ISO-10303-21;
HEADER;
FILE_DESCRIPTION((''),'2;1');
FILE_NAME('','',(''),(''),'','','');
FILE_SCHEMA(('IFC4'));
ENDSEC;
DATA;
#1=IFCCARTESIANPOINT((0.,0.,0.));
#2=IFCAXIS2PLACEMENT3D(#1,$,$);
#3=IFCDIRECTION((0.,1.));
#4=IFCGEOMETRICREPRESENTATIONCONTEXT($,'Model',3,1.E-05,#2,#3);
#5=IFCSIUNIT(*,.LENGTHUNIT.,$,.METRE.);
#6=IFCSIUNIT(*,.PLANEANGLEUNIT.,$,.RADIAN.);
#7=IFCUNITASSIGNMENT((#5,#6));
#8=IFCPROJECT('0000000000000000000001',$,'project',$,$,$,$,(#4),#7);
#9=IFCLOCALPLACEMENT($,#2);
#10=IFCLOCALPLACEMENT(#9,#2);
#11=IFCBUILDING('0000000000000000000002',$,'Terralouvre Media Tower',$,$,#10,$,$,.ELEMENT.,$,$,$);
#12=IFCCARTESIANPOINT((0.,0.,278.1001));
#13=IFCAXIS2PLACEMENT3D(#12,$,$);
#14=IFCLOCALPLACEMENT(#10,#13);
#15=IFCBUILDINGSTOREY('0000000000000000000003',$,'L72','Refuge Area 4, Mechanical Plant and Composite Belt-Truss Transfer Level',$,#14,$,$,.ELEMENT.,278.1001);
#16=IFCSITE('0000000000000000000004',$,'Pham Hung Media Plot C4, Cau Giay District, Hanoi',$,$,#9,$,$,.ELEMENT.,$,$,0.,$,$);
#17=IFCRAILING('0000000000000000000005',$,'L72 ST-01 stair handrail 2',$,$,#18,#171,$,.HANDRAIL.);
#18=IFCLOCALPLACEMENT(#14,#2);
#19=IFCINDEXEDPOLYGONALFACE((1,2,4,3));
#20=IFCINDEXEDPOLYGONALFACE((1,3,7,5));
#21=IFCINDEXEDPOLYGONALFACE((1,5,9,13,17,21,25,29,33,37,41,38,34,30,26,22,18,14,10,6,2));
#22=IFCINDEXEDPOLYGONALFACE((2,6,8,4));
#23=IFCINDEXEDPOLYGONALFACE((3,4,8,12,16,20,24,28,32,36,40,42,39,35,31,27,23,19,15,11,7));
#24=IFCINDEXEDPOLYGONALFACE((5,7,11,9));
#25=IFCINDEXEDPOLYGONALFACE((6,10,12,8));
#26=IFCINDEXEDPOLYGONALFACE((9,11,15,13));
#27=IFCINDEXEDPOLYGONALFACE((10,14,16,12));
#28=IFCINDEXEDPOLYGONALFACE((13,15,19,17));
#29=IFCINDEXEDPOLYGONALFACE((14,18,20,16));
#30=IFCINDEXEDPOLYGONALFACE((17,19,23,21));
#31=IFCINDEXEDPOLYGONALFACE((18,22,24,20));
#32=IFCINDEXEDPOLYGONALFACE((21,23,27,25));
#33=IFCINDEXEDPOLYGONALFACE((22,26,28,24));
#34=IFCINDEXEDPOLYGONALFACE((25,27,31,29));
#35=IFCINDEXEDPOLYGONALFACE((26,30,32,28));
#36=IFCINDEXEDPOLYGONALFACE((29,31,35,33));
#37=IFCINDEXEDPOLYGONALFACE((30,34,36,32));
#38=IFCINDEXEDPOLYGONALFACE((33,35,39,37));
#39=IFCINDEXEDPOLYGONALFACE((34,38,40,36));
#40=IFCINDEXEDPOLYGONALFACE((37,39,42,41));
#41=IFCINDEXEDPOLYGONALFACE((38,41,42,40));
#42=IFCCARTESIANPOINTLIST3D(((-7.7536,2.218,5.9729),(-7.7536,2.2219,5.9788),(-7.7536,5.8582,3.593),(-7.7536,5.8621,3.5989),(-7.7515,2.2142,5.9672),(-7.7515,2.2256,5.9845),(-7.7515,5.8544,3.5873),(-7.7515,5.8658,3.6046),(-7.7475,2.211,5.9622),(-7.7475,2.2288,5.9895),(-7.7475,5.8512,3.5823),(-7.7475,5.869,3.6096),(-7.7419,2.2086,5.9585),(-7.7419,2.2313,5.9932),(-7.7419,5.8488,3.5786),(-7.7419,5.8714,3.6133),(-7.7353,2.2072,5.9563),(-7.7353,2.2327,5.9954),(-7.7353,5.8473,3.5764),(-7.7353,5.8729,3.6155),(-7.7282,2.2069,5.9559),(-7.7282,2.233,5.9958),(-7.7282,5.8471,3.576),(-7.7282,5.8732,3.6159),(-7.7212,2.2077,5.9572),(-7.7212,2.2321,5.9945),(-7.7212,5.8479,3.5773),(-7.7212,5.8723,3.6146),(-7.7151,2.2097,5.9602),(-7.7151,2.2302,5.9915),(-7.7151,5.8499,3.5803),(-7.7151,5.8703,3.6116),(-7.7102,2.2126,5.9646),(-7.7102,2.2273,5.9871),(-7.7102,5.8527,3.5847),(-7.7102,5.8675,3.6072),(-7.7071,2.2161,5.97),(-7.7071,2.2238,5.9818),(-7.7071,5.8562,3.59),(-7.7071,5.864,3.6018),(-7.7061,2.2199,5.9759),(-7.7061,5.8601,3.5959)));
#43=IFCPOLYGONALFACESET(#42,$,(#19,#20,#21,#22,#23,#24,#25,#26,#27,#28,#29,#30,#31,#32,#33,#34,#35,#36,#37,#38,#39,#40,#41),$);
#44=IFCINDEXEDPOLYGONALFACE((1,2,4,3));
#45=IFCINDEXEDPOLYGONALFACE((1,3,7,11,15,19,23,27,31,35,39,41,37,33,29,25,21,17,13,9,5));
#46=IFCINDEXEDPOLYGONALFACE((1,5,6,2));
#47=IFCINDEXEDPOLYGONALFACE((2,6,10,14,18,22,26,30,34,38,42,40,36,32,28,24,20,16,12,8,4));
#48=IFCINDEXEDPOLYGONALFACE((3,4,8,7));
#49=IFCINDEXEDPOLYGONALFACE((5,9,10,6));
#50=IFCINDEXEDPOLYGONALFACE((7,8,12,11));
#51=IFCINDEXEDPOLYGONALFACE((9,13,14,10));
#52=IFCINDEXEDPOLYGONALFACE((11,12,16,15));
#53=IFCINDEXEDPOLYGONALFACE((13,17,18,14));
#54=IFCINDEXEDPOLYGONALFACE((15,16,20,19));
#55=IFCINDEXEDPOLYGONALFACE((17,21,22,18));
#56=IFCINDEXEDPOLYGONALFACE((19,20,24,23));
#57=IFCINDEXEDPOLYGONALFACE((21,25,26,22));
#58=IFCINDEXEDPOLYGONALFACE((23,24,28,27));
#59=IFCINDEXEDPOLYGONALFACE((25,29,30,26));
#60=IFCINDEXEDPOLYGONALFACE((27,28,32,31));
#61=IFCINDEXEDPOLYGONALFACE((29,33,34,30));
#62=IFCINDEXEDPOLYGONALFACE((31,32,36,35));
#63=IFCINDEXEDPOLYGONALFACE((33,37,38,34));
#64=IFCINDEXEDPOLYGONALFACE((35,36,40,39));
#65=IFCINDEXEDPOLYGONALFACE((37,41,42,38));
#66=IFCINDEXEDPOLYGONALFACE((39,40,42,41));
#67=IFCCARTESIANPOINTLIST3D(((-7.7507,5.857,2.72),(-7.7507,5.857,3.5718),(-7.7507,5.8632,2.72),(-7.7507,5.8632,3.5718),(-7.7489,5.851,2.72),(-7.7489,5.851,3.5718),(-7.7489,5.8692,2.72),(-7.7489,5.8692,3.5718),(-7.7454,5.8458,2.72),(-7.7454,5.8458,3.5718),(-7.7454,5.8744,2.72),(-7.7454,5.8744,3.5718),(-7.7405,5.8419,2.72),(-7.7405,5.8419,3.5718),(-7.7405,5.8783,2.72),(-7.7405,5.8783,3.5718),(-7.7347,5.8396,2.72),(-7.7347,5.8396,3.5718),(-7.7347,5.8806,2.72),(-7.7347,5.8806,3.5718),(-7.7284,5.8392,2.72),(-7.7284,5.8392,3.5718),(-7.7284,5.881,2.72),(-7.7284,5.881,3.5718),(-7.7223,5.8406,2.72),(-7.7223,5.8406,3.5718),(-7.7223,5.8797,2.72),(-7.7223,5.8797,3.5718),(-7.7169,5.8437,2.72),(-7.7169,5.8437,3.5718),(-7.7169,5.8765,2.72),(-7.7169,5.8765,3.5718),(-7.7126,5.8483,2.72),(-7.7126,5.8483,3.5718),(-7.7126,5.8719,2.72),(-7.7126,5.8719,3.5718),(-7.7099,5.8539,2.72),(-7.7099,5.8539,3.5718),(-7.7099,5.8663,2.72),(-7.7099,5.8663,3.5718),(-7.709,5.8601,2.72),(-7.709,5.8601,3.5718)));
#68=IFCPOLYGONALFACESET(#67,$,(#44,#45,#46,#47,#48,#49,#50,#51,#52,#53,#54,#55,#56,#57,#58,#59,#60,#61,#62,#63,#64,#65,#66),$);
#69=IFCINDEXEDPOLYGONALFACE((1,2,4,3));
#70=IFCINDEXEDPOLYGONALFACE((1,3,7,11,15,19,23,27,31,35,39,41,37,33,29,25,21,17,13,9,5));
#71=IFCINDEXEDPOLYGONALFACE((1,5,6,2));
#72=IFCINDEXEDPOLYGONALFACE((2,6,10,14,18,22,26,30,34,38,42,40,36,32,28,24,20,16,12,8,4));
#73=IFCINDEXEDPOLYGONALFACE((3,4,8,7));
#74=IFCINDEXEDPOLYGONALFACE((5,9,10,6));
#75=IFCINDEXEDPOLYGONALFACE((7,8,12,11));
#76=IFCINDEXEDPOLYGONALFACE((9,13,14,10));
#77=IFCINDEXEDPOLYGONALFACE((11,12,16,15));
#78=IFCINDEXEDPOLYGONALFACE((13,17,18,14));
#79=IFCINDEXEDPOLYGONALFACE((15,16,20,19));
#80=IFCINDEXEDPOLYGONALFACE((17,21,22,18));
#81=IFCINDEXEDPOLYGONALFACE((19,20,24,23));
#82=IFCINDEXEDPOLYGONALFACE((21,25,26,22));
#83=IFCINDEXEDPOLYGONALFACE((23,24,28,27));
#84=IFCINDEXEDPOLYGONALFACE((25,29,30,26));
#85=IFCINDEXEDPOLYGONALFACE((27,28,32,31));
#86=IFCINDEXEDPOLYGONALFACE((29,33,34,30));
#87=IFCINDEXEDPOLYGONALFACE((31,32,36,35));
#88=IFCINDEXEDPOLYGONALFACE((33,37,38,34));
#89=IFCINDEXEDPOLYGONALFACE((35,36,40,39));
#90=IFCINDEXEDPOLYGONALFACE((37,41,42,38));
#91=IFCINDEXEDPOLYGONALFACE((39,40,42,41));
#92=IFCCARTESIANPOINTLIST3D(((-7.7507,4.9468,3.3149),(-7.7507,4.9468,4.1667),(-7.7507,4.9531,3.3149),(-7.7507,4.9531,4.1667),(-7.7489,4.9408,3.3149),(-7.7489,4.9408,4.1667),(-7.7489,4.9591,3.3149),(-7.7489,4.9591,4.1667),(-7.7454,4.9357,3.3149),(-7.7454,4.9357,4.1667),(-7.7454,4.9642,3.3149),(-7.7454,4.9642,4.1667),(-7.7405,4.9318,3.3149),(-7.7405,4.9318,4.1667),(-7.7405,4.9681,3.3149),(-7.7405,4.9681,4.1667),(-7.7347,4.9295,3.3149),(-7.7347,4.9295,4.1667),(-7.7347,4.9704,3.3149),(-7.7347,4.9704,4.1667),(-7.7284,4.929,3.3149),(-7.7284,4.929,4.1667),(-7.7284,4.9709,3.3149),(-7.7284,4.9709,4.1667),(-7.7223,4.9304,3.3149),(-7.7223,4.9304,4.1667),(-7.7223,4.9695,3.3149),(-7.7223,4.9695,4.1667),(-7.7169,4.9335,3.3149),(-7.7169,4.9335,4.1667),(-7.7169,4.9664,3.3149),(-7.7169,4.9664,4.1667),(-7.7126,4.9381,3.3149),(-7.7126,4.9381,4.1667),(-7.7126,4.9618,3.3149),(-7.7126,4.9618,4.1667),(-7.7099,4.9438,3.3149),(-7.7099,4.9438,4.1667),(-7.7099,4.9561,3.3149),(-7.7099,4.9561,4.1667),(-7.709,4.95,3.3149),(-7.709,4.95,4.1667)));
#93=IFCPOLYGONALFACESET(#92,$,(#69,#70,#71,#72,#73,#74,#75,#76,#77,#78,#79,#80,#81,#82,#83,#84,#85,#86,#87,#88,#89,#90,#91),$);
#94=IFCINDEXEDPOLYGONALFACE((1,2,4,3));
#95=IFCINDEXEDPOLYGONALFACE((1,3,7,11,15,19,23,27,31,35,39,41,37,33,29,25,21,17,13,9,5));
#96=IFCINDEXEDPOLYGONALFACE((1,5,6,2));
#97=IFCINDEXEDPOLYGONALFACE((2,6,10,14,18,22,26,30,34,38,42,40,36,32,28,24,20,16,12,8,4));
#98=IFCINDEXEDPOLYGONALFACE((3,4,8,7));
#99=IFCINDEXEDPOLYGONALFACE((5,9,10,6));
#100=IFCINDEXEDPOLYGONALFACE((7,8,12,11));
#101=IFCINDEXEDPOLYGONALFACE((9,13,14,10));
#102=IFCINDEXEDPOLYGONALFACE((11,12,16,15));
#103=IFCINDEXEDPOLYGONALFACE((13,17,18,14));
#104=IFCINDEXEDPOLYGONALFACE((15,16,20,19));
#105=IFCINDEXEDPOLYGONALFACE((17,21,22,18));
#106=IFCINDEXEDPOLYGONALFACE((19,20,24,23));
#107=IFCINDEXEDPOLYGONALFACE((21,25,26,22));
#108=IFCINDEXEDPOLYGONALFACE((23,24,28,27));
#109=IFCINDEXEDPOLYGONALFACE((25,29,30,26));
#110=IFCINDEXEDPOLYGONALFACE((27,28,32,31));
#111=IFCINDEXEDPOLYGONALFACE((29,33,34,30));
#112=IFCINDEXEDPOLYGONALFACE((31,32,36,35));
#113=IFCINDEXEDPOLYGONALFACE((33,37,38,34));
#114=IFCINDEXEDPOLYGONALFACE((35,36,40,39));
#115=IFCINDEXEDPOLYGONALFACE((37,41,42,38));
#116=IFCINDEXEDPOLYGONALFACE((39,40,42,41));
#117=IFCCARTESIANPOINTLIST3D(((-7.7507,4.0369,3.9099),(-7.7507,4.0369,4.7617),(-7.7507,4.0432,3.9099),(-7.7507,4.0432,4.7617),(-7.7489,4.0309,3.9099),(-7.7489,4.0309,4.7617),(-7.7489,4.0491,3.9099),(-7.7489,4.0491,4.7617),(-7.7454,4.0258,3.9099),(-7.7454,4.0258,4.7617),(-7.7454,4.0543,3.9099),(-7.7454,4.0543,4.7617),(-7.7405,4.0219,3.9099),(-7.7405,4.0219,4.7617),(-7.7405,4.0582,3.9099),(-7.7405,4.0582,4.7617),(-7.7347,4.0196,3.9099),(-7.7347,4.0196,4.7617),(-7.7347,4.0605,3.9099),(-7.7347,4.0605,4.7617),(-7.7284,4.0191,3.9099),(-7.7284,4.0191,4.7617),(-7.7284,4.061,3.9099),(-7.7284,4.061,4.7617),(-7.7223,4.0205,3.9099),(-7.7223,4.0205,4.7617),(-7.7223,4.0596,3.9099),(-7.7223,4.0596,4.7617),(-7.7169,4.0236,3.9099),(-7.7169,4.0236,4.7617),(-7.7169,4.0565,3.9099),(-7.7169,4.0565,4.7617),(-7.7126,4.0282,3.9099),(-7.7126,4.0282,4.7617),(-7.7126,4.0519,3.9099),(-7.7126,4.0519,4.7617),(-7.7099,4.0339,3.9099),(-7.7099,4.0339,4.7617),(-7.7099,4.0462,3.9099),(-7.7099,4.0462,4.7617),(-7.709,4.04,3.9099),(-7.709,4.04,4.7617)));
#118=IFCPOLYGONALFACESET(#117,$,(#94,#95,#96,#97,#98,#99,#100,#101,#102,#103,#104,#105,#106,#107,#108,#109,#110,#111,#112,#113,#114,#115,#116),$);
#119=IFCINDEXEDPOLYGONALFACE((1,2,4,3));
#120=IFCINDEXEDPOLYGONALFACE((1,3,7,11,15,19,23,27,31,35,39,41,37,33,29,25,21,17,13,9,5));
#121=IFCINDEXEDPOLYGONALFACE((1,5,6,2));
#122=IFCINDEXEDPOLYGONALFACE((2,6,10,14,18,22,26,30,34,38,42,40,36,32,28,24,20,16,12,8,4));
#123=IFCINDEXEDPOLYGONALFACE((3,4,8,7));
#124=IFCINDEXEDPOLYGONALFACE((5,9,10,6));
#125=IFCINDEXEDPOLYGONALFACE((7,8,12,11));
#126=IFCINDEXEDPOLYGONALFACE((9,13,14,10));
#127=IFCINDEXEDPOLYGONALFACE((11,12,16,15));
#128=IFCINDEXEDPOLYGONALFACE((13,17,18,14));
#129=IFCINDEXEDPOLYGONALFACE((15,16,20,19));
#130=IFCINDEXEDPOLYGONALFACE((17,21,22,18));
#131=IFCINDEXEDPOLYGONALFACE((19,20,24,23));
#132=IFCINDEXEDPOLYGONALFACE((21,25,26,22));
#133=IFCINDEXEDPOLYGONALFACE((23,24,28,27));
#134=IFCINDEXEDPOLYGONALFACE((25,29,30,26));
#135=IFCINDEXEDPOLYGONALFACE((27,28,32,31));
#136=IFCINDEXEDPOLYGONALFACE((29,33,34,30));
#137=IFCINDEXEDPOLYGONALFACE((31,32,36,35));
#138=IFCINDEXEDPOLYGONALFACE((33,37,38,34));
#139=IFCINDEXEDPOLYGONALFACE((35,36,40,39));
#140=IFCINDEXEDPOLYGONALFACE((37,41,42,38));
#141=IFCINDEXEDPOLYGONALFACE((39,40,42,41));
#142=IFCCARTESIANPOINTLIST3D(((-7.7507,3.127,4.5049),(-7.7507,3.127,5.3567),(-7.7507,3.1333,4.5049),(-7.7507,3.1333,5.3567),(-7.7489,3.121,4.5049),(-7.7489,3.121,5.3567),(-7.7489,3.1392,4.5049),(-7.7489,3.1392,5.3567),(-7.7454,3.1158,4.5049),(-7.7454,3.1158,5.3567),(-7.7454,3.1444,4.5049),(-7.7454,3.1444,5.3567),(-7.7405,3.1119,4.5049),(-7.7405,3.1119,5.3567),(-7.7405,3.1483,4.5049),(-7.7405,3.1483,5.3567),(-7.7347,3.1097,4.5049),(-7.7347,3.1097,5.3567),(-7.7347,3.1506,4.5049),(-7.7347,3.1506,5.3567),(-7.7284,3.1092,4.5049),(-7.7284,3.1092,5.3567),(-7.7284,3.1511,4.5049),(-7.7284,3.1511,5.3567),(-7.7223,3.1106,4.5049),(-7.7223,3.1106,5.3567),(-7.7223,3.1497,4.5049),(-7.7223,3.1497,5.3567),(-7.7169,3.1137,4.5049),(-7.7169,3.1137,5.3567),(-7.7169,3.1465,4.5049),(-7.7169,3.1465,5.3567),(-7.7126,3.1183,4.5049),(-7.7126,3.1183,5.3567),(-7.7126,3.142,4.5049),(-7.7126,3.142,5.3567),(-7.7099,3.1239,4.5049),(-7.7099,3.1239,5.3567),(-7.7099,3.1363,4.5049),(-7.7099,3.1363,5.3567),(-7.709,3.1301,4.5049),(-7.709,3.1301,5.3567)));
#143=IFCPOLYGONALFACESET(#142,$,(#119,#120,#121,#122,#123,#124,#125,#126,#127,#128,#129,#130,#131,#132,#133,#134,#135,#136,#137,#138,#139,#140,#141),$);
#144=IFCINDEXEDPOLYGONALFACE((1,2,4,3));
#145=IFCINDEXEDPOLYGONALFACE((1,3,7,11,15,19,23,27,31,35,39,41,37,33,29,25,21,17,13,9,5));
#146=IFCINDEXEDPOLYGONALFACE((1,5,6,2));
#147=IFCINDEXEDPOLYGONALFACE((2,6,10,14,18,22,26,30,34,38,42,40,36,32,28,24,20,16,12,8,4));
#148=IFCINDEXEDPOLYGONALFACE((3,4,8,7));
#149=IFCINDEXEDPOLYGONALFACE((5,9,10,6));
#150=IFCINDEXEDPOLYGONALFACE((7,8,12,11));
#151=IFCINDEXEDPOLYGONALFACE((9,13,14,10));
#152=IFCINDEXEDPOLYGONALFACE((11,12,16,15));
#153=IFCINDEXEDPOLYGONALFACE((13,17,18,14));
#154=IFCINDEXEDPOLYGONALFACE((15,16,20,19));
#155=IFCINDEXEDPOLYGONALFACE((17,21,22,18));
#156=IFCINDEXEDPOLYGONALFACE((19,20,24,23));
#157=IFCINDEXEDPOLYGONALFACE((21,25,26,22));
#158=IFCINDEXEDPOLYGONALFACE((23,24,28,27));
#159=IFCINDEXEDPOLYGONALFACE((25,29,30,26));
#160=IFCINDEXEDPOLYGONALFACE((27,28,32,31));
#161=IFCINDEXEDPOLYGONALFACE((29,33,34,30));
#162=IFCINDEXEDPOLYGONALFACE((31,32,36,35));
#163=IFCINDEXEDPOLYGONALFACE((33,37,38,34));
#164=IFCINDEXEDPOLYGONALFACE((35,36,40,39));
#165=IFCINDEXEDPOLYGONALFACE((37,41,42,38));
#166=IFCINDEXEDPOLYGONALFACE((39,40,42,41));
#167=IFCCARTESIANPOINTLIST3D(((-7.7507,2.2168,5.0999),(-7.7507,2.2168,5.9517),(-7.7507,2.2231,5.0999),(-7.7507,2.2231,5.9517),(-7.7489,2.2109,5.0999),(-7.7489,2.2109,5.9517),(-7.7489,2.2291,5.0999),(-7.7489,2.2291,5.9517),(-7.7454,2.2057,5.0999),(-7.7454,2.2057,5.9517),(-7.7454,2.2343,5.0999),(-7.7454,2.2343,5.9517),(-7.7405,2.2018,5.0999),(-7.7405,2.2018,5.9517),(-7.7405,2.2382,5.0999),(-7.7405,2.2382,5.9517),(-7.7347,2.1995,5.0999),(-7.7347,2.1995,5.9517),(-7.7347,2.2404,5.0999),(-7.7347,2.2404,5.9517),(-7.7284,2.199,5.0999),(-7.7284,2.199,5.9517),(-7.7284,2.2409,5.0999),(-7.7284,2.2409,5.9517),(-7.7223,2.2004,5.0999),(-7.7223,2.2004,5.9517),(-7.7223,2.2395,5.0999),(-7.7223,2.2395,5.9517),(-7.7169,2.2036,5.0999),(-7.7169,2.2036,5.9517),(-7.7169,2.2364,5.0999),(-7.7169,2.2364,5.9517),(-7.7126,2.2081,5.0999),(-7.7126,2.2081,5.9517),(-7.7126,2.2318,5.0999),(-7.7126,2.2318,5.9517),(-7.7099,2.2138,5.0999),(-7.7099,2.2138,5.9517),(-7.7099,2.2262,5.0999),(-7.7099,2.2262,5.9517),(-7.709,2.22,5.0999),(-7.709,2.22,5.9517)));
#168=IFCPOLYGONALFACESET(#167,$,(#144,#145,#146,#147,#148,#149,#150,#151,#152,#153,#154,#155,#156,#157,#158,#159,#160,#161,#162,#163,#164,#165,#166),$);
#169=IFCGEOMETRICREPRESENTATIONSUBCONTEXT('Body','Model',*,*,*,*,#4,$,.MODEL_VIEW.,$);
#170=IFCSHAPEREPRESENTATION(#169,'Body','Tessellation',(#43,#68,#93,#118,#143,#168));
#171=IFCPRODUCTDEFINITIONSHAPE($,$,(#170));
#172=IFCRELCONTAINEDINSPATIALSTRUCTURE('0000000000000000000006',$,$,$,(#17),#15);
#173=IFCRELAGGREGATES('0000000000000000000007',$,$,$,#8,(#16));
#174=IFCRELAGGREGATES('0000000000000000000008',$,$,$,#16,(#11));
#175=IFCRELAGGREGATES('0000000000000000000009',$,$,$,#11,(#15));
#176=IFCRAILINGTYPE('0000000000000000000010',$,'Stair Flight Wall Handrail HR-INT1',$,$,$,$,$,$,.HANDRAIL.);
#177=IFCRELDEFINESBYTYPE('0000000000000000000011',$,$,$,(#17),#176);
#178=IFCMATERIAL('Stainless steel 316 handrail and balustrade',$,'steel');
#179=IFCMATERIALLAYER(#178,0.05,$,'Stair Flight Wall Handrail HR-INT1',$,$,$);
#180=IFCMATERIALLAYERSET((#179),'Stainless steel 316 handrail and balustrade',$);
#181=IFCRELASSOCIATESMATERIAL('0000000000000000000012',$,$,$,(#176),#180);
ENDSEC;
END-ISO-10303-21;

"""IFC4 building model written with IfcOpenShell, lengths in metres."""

from ifc_helpers import new_model, si_unit, direction, frame, origin, origin_2d, place, context, subcontext, project, spatial, circle, extrude, material, layer, layer_set, type_object, element, save


model = new_model("IFC4")

# Units and contexts
model_context = context("Model", 3, precision=1e-05, world=origin(), true_north=direction((0.0, 1.0)))
body_context = subcontext(model_context, "Body", "Model", "MODEL_VIEW")
ifc_project = project(units=[si_unit("LENGTHUNIT", "METRE"), si_unit("PLANEANGLEUNIT", "RADIAN")], contexts=[model_context])

# Site, building, storey
site_placement = place(None, origin())
site = spatial("IfcSite", under=ifc_project, at=site_placement, Name="Pham Hung Media Plot C4, Cau Giay District, Hanoi", CompositionType="ELEMENT", RefElevation=0.0)
building_placement = place(site_placement, origin())
building = spatial("IfcBuilding", under=site, at=building_placement, Name="Terralouvre Media Tower", CompositionType="ELEMENT")
storey_placement = place(building_placement, frame((0.0, 0.0, 278.1001)))
storey = spatial("IfcBuildingStorey", under=building, at=storey_placement, Name="L72", Description="Refuge Area 4, Mechanical Plant and Composite Belt-Truss Transfer Level", CompositionType="ELEMENT", Elevation=278.1001)

# Railing
ifc_material_1 = material(Name="Stainless steel 316 handrail and balustrade", Category="steel")
ifc_layer_1 = layer(ifc_material_1, 0.05, Name="Stair Flight Wall Handrail HR-INT1")
ifc_layer_set_1 = layer_set([ifc_layer_1], Name="Stainless steel 316 handrail and balustrade")
railing_type_1 = type_object("IfcRailingType", Name="Stair Flight Wall Handrail HR-INT1", PredefinedType="HANDRAIL", material=ifc_layer_set_1)
railing_1_placement = place(storey_placement, frame((-7.73, 5.8601, 2.72)))
element("IfcRailing", 1, at=railing_1_placement, inside=storey, type_object=railing_type_1, Name="L72 ST-01 stair handrail 2", PredefinedType="HANDRAIL", context=body_context, shape_type="SweptSolid", body=[
    extrude(circle(Radius=0.0239, at=origin_2d()), frame((0.0, 0.0, 0.876), z_axis=(0.0, -0.836991, 0.547216), x_axis=(1.0, 0.0, 0.0)), (0.0, 0.0, 1.0), 4.3491),
    extrude(circle(Radius=0.021, at=origin_2d()), origin(), (0.0, 0.0, 1.0), 0.8518),
    extrude(circle(Radius=0.021, at=origin_2d()), frame((0.0, -0.9102, 0.595)), (0.0, 0.0, 1.0), 0.8518),
    extrude(circle(Radius=0.021, at=origin_2d()), frame((0.0, -1.8201, 1.1899)), (0.0, 0.0, 1.0), 0.8518),
    extrude(circle(Radius=0.021, at=origin_2d()), frame((0.0, -2.73, 1.7849)), (0.0, 0.0, 1.0), 0.8518),
    extrude(circle(Radius=0.021, at=origin_2d()), frame((0.0, -3.6401, 2.3799)), (0.0, 0.0, 1.0), 0.8518),
])

save(model, "model.ifc")
